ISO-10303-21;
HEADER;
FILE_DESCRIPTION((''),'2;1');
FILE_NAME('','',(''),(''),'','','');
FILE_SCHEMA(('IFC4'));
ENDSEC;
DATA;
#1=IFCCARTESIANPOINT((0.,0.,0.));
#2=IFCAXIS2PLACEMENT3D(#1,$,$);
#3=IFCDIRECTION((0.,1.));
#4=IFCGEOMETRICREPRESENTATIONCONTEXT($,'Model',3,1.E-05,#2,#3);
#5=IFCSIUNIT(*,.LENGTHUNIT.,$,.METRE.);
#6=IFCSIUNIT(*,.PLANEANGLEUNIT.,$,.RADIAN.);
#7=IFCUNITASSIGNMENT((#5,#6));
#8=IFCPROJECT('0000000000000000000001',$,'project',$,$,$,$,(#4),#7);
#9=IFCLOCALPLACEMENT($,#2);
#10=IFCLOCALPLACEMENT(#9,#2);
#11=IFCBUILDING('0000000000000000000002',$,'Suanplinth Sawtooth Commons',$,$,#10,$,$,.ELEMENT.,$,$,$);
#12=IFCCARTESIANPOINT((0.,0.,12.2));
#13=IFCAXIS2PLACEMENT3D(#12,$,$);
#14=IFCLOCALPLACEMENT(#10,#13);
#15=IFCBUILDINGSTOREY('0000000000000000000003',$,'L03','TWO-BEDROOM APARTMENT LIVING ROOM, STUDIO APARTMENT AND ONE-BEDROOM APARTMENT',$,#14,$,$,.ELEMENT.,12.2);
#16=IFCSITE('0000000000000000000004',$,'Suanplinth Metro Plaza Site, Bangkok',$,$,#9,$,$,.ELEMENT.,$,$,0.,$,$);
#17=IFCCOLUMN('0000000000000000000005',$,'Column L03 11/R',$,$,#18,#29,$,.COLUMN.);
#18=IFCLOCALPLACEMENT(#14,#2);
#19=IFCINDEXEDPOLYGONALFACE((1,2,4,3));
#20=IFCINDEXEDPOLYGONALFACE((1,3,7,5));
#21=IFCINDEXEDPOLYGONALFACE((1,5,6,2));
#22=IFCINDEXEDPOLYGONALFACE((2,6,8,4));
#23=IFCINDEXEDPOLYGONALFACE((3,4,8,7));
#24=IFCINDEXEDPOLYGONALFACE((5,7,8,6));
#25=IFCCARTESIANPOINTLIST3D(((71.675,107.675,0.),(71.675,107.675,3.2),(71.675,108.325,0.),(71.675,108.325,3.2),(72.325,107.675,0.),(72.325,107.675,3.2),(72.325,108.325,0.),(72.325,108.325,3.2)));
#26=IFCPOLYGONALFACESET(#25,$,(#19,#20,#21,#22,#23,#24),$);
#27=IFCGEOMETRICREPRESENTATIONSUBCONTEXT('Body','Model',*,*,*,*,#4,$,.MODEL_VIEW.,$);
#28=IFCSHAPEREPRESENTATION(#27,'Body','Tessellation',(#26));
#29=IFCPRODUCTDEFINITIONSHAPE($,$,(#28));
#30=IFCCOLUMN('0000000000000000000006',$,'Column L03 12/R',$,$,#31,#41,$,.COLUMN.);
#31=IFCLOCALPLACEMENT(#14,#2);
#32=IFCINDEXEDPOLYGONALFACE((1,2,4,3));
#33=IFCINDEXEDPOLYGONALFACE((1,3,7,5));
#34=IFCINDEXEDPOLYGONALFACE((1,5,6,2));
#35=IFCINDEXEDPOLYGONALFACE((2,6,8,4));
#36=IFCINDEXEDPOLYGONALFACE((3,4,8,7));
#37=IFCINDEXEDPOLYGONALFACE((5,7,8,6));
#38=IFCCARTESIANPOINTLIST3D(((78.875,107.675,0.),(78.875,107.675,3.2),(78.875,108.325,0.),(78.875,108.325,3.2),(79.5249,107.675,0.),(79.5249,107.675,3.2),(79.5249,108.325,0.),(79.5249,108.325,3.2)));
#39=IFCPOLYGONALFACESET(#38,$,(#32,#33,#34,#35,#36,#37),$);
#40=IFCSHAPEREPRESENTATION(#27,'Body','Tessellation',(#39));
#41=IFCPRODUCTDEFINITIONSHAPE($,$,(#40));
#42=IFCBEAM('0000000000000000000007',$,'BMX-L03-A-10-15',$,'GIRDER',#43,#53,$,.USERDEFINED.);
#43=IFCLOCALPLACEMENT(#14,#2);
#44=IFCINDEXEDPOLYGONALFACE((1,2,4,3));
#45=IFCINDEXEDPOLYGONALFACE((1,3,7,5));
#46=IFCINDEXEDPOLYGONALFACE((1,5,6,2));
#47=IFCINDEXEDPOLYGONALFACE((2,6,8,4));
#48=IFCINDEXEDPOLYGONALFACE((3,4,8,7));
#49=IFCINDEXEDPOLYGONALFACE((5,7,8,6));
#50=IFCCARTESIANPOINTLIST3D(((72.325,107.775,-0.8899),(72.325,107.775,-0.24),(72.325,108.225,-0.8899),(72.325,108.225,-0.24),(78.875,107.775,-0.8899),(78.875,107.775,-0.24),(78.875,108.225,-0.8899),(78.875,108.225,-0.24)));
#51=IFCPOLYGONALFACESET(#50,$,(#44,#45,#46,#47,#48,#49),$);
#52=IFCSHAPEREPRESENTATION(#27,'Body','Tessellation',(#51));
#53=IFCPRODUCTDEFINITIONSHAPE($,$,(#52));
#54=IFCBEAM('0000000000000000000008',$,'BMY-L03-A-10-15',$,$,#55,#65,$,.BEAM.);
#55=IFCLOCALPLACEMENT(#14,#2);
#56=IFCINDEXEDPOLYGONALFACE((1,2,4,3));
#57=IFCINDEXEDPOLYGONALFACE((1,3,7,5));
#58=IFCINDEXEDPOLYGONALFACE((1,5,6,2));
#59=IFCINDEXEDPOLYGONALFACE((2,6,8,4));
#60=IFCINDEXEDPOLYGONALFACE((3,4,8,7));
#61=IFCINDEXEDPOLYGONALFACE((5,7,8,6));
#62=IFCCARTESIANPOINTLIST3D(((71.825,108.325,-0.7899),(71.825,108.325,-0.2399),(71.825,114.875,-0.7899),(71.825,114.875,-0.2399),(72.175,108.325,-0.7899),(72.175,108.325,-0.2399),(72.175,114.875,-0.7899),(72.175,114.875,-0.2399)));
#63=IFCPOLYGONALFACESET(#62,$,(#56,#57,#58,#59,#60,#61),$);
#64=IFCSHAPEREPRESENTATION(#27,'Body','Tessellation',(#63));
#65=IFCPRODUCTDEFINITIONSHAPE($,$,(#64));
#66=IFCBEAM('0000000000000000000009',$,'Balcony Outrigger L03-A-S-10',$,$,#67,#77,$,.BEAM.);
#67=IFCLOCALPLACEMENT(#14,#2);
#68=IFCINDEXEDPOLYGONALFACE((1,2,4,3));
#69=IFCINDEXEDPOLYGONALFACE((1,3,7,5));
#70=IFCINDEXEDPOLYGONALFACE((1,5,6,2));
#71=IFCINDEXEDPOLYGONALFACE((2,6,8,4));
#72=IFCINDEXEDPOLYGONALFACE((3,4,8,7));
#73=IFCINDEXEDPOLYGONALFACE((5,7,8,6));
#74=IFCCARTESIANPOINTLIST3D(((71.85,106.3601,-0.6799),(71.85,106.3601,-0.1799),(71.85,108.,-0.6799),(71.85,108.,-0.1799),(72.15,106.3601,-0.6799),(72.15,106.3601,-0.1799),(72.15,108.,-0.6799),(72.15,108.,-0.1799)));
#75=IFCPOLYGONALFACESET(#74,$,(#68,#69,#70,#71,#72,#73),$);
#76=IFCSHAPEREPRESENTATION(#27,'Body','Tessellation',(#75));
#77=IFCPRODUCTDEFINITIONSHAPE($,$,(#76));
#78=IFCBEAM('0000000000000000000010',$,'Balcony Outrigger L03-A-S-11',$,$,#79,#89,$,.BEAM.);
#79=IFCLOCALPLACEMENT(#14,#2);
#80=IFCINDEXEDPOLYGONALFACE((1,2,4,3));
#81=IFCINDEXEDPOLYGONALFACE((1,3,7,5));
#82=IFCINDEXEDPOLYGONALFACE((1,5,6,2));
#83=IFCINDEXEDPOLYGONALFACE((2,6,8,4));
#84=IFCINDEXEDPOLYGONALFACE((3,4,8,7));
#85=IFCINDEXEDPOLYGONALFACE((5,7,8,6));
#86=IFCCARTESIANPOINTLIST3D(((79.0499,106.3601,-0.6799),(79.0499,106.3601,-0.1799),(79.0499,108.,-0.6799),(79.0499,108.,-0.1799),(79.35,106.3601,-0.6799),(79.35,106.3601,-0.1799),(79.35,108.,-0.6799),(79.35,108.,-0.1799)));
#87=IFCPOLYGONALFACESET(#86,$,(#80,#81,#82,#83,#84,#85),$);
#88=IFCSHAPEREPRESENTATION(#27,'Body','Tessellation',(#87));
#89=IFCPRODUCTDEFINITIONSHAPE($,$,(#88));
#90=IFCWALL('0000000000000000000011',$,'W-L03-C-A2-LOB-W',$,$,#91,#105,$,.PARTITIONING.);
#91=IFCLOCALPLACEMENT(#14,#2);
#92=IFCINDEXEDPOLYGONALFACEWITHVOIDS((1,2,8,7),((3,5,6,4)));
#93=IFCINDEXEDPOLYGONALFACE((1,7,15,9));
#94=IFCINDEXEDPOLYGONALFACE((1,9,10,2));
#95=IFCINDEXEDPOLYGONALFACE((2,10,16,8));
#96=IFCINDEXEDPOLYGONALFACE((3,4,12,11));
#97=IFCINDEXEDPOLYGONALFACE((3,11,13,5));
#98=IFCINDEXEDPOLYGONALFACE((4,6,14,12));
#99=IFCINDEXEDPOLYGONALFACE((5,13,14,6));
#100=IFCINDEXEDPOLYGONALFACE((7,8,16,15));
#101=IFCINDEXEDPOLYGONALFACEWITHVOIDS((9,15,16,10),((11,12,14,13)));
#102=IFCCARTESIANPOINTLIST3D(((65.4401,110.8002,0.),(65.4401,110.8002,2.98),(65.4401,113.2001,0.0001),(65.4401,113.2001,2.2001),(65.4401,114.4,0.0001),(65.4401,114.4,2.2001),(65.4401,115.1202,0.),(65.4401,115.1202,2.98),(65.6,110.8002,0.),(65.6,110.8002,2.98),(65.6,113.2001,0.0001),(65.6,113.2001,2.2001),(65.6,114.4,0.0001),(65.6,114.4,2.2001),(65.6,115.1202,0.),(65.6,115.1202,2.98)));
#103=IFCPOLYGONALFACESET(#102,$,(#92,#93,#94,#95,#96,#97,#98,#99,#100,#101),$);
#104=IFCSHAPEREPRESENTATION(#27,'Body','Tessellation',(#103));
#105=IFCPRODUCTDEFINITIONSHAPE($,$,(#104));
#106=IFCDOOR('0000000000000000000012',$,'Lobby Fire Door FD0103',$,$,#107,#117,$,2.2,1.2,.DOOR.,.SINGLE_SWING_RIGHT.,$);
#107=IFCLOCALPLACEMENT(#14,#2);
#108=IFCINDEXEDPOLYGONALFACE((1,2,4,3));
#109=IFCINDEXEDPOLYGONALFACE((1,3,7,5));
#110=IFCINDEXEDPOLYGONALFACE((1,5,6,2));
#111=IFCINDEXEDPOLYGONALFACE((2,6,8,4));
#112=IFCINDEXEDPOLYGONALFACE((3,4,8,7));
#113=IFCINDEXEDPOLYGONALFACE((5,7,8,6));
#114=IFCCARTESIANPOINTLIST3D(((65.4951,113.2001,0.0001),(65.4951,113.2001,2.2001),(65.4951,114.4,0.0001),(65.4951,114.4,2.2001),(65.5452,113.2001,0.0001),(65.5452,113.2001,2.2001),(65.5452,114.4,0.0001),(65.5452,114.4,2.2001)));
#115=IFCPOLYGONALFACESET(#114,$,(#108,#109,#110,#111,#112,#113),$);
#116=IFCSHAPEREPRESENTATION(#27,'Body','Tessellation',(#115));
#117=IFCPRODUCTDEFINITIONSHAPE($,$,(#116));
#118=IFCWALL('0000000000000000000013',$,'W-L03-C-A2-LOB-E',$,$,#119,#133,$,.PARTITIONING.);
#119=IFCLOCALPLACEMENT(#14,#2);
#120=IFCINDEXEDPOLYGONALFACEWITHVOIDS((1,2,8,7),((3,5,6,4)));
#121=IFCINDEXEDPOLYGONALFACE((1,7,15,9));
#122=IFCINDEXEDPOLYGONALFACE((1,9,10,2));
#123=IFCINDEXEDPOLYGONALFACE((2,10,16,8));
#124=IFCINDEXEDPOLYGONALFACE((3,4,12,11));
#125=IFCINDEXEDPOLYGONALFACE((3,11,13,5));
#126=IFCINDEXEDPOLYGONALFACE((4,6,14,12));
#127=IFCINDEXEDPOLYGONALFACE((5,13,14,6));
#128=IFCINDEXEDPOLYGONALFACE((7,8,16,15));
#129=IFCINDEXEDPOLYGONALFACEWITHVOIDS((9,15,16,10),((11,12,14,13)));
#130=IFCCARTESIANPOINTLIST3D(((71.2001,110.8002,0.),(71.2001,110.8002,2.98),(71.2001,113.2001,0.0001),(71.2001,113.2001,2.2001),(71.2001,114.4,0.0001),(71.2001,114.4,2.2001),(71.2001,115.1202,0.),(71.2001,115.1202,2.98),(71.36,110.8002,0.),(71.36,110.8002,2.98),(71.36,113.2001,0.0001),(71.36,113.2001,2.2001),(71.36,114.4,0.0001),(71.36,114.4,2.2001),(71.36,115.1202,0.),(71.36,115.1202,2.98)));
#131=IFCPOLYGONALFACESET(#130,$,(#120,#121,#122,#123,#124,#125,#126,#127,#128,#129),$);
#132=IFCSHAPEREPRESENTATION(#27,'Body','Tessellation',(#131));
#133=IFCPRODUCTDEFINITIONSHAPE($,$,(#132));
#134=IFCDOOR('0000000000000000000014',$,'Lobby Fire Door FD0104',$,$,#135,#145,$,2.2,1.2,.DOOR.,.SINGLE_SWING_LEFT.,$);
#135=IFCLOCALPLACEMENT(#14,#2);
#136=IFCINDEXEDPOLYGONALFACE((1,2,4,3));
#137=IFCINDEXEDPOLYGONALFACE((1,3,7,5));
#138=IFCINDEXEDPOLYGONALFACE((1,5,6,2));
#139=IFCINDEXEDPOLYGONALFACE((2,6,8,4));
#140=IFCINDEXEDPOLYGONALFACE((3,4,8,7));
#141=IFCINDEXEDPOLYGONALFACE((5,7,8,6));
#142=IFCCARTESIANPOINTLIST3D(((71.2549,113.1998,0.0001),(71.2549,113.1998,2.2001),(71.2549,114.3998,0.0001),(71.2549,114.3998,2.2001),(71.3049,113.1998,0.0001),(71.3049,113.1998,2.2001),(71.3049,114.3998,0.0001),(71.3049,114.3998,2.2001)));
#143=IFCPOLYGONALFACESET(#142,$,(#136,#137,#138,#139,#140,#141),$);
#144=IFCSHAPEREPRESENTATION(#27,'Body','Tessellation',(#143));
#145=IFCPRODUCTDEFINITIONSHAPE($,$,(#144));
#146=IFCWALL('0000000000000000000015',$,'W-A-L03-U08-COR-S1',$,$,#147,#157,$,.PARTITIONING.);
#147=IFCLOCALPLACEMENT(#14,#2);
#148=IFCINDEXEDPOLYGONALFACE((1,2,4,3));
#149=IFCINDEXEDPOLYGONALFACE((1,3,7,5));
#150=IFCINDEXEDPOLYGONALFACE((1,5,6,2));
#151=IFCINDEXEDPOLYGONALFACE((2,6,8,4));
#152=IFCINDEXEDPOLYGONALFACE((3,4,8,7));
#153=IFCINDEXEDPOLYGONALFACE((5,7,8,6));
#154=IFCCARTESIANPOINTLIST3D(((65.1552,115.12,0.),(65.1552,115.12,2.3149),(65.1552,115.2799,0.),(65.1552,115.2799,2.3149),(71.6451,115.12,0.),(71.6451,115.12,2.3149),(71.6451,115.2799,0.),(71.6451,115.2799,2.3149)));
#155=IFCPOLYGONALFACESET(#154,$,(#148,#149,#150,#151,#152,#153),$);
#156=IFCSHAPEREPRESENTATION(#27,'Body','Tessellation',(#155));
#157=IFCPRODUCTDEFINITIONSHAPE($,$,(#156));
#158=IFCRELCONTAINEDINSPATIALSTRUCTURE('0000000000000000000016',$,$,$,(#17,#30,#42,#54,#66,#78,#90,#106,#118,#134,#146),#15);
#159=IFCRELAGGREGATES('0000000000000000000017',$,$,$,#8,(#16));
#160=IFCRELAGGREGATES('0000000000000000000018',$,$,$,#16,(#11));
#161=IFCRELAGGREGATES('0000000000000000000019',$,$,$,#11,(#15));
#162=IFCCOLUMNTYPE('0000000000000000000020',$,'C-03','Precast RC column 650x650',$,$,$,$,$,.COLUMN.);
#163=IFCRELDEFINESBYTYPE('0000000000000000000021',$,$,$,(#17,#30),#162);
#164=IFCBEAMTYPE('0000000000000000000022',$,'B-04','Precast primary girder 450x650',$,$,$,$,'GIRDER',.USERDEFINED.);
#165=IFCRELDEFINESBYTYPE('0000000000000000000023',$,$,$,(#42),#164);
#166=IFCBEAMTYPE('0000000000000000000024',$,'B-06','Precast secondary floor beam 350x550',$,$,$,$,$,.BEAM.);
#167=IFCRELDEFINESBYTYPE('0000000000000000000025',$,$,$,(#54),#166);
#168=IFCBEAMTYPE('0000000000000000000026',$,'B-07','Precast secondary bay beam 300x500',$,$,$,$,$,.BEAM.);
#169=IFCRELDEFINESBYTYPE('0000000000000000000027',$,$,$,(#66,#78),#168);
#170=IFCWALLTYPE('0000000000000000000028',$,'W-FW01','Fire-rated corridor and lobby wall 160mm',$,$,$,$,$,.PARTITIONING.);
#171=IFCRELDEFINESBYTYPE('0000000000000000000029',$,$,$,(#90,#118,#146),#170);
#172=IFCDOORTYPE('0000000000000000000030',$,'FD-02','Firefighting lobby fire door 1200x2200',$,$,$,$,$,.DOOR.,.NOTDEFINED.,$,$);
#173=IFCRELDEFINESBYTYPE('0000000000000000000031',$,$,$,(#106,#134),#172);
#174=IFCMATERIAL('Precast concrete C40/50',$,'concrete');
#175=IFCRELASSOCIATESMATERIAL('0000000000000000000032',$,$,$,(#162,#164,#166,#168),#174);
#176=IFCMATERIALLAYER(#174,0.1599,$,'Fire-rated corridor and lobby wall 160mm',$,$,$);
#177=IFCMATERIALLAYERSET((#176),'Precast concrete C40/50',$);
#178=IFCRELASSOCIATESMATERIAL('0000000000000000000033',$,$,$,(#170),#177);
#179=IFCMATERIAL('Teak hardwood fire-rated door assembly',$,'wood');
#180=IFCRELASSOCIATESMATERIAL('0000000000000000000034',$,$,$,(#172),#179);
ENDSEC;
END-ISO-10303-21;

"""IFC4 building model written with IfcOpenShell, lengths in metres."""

from ifc_helpers import new_model, si_unit, direction, frame, frame_2d, origin, origin_2d, place, context, subcontext, project, spatial, rectangle, extrude, material, layer, layer_set, material_profile, profile_set, type_object, element, fill, save


model = new_model("IFC4")

# Units and contexts
model_context = context("Model", 3, precision=1e-05, world=origin(), true_north=direction((0.0, 1.0)))
body_context = subcontext(model_context, "Body", "Model", "MODEL_VIEW")
ifc_project = project(units=[si_unit("LENGTHUNIT", "METRE"), si_unit("PLANEANGLEUNIT", "RADIAN")], contexts=[model_context])

# Site, building, storey
site_placement = place(None, origin())
site = spatial("IfcSite", under=ifc_project, at=site_placement, Name="Suanplinth Metro Plaza Site, Bangkok", CompositionType="ELEMENT", RefElevation=0.0)
building_placement = place(site_placement, origin())
building = spatial("IfcBuilding", under=site, at=building_placement, Name="Suanplinth Sawtooth Commons", CompositionType="ELEMENT")
storey_placement = place(building_placement, frame((0.0, 0.0, 12.2)))
storey = spatial("IfcBuildingStorey", under=building, at=storey_placement, Name="L03", Description="TWO-BEDROOM APARTMENT LIVING ROOM, STUDIO APARTMENT AND ONE-BEDROOM APARTMENT", CompositionType="ELEMENT", Elevation=12.2)

# Columns
ifc_material_1 = material(Name="Precast concrete C40/50", Category="concrete")
ifc_material_profile_1 = material_profile(ifc_material_1, rectangle(XDim=0.6499, YDim=0.6499, at=origin_2d()), Name="PC-COL 650x650")
ifc_profile_set_1 = profile_set([ifc_material_profile_1], Name="Precast concrete C40/50")
column_type = type_object("IfcColumnType", Name="C-03", Description="Precast RC column 650x650", PredefinedType="COLUMN", material=ifc_profile_set_1)
for number, where, z_axis, x_axis, name in (
    (1, (72.0, 108.0, 0.0), (0.0, 0.0, 1.0), (1.0, 0.0, 0.0), "Column L03 11/R"),
    (2, (79.2, 108.0, 0.0), (0.0, 0.0, 1.0), (1.0, 0.0, 0.0), "Column L03 12/R"),
):
    element("IfcColumn", number, at=place(storey_placement, frame(where, z_axis=z_axis, x_axis=x_axis)), inside=storey, type_object=column_type, Name=name, PredefinedType="COLUMN", context=body_context, shape_type="SweptSolid", body=[
        extrude(rectangle(XDim=0.6499, YDim=0.6499, at=origin_2d()), origin(), (0.0, 0.0, 1.0), 3.2),
    ])

# Beams
ifc_material_profile_2 = material_profile(ifc_material_1, rectangle(XDim=0.45, YDim=0.6499, at=origin_2d()), Name="PC-GDR 450x650")
ifc_profile_set_2 = profile_set([ifc_material_profile_2], Name="Precast concrete C40/50")
beam_type_1 = type_object("IfcBeamType", Name="B-04", Description="Precast primary girder 450x650", ElementType="GIRDER", PredefinedType="USERDEFINED", material=ifc_profile_set_2)
beam_1_placement = place(storey_placement, frame((72.325, 108.0, -0.5649), z_axis=(1.0, 0.0, 0.0), x_axis=(0.0, 1.0, 0.0)))
element("IfcBeam", 3, at=beam_1_placement, inside=storey, type_object=beam_type_1, Name="BMX-L03-A-10-15", ObjectType="GIRDER", PredefinedType="USERDEFINED", context=body_context, shape_type="SweptSolid", body=[
    extrude(rectangle(XDim=0.45, YDim=0.6499, at=origin_2d()), origin(), (0.0, 0.0, 1.0), 6.55),
])
ifc_material_profile_3 = material_profile(ifc_material_1, rectangle(XDim=0.3501, YDim=0.55, at=origin_2d()), Name="PC-BM 350x550")
ifc_profile_set_3 = profile_set([ifc_material_profile_3], Name="Precast concrete C40/50")
beam_type_2 = type_object("IfcBeamType", Name="B-06", Description="Precast secondary floor beam 350x550", PredefinedType="BEAM", material=ifc_profile_set_3)
beam_2_placement = place(storey_placement, frame((72.0, 108.325, -0.5149), z_axis=(0.0, 1.0, 0.0), x_axis=(-1.0, 0.0, 0.0)))
element("IfcBeam", 4, at=beam_2_placement, inside=storey, type_object=beam_type_2, Name="BMY-L03-A-10-15", PredefinedType="BEAM", context=body_context, shape_type="SweptSolid", body=[
    extrude(rectangle(XDim=0.3501, YDim=0.55, at=origin_2d()), origin(), (0.0, 0.0, 1.0), 6.55),
])
ifc_material_profile_4 = material_profile(ifc_material_1, rectangle(XDim=0.3, YDim=0.5, at=origin_2d()), Name="PC-BM 300x500")
ifc_profile_set_4 = profile_set([ifc_material_profile_4], Name="Precast concrete C40/50")
beam_type_3 = type_object("IfcBeamType", Name="B-07", Description="Precast secondary bay beam 300x500", PredefinedType="BEAM", material=ifc_profile_set_4)
for number, where, z_axis, x_axis, name in (
    (5, (72.0, 108.0, -0.4299), (0.0, -1.0, 0.0), (1.0, 0.0, 0.0), "Balcony Outrigger L03-A-S-10"),
    (6, (79.2, 108.0, -0.4299), (0.0, -1.0, 0.0), (1.0, 0.0, 0.0), "Balcony Outrigger L03-A-S-11"),
):
    element("IfcBeam", number, at=place(storey_placement, frame(where, z_axis=z_axis, x_axis=x_axis)), inside=storey, type_object=beam_type_3, Name=name, PredefinedType="BEAM", context=body_context, shape_type="SweptSolid", body=[
        extrude(rectangle(XDim=0.3, YDim=0.5, at=origin_2d()), origin(), (0.0, 0.0, 1.0), 1.6399),
    ])

# Walls, openings, doors
ifc_layer_1 = layer(ifc_material_1, 0.1599, Name="Fire-rated corridor and lobby wall 160mm")
ifc_layer_set_1 = layer_set([ifc_layer_1], Name="Precast concrete C40/50")
wall_type_1 = type_object("IfcWallType", Name="W-FW01", Description="Fire-rated corridor and lobby wall 160mm", PredefinedType="PARTITIONING", material=ifc_layer_set_1)
wall_1_placement = place(storey_placement, frame((65.52, 110.8, 0.0), z_axis=(0.0, 0.0, 1.0), x_axis=(0.0, 1.0, 0.0)))
wall_1 = element("IfcWall", 7, at=wall_1_placement, inside=storey, type_object=wall_type_1, Name="W-L03-C-A2-LOB-W", PredefinedType="PARTITIONING", context=body_context, shape_type="SweptSolid", body=[
    extrude(rectangle(XDim=4.3201, YDim=0.1599, at=frame_2d((2.1602, 0.0))), origin(), (0.0, 0.0, 1.0), 2.98),
])
opening_1_placement = place(wall_1_placement, frame((2.3999, 0.0, 0.0)))
opening_1 = element("IfcOpeningElement", 8, at=opening_1_placement, cuts=wall_1, PredefinedType="OPENING", context=body_context, shape_type="SweptSolid", body=[
    extrude(rectangle(XDim=1.2, YDim=2.2, at=frame_2d((0.6001, 1.1001))), frame((0.0, 0.0947, 0.0), z_axis=(0.0, -1.0, 0.0), x_axis=(1.0, 0.0, 0.0)), (0.0, 0.0, 1.0), 0.1897),
])
ifc_material_2 = material(Name="Teak hardwood fire-rated door assembly", Category="wood")
door_type_1 = type_object("IfcDoorType", Name="FD-02", Description="Firefighting lobby fire door 1200x2200", OperationType="NOTDEFINED", PredefinedType="DOOR", material=ifc_material_2)
door_1_placement = place(opening_1_placement, origin())
door_1 = element("IfcDoor", 9, at=door_1_placement, inside=storey, type_object=door_type_1, Name="Lobby Fire Door FD0103", OperationType="SINGLE_SWING_RIGHT", OverallHeight=2.2, OverallWidth=1.2, PredefinedType="DOOR", context=body_context, shape_type="SweptSolid", body=[
    extrude(rectangle(XDim=1.2, YDim=2.2, at=frame_2d((0.6001, 1.1001))), frame((0.0, 0.0249, 0.0), z_axis=(0.0, -1.0, 0.0), x_axis=(1.0, 0.0, 0.0)), (0.0, 0.0, 1.0), 0.05),
])
fill(opening_1, door_1)
wall_2_placement = place(storey_placement, frame((71.28, 110.8, 0.0), z_axis=(0.0, 0.0, 1.0), x_axis=(0.0, 1.0, 0.0)))
wall_2 = element("IfcWall", 10, at=wall_2_placement, inside=storey, type_object=wall_type_1, Name="W-L03-C-A2-LOB-E", PredefinedType="PARTITIONING", context=body_context, shape_type="SweptSolid", body=[
    extrude(rectangle(XDim=4.3201, YDim=0.1599, at=frame_2d((2.1602, 0.0))), origin(), (0.0, 0.0, 1.0), 2.98),
])
opening_2_placement = place(wall_2_placement, frame((2.3999, 0.0, 0.0)))
opening_2 = element("IfcOpeningElement", 11, at=opening_2_placement, cuts=wall_2, PredefinedType="OPENING", context=body_context, shape_type="SweptSolid", body=[
    extrude(rectangle(XDim=1.2, YDim=2.2, at=frame_2d((0.6001, 1.1001))), frame((0.0, 0.0947, 0.0), z_axis=(0.0, -1.0, 0.0), x_axis=(1.0, 0.0, 0.0)), (0.0, 0.0, 1.0), 0.1897),
])
door_2_placement = place(opening_2_placement, frame((1.2, 0.0, 0.0), z_axis=(0.0, 0.0, 1.0), x_axis=(-1.0, 0.0, 0.0)))
door_2 = element("IfcDoor", 12, at=door_2_placement, inside=storey, type_object=door_type_1, Name="Lobby Fire Door FD0104", OperationType="SINGLE_SWING_LEFT", OverallHeight=2.2, OverallWidth=1.2, PredefinedType="DOOR", context=body_context, shape_type="SweptSolid", body=[
    extrude(rectangle(XDim=1.2, YDim=2.2, at=frame_2d((0.6001, 1.1001))), frame((0.0, 0.0249, 0.0), z_axis=(0.0, -1.0, 0.0), x_axis=(1.0, 0.0, 0.0)), (0.0, 0.0, 1.0), 0.05),
])
fill(opening_2, door_2)

# Wall
wall_3_placement = place(storey_placement, frame((65.155, 115.2, 0.0), z_axis=(0.0, 0.0, 1.0), x_axis=(1.0, 0.0, 0.0)))
element("IfcWall", 13, at=wall_3_placement, inside=storey, type_object=wall_type_1, Name="W-A-L03-U08-COR-S1", PredefinedType="PARTITIONING", context=body_context, shape_type="SweptSolid", body=[
    extrude(rectangle(XDim=6.49, YDim=0.1599, at=frame_2d((3.2451, 0.0))), origin(), (0.0, 0.0, 1.0), 2.3149),
])

save(model, "model.ifc")
